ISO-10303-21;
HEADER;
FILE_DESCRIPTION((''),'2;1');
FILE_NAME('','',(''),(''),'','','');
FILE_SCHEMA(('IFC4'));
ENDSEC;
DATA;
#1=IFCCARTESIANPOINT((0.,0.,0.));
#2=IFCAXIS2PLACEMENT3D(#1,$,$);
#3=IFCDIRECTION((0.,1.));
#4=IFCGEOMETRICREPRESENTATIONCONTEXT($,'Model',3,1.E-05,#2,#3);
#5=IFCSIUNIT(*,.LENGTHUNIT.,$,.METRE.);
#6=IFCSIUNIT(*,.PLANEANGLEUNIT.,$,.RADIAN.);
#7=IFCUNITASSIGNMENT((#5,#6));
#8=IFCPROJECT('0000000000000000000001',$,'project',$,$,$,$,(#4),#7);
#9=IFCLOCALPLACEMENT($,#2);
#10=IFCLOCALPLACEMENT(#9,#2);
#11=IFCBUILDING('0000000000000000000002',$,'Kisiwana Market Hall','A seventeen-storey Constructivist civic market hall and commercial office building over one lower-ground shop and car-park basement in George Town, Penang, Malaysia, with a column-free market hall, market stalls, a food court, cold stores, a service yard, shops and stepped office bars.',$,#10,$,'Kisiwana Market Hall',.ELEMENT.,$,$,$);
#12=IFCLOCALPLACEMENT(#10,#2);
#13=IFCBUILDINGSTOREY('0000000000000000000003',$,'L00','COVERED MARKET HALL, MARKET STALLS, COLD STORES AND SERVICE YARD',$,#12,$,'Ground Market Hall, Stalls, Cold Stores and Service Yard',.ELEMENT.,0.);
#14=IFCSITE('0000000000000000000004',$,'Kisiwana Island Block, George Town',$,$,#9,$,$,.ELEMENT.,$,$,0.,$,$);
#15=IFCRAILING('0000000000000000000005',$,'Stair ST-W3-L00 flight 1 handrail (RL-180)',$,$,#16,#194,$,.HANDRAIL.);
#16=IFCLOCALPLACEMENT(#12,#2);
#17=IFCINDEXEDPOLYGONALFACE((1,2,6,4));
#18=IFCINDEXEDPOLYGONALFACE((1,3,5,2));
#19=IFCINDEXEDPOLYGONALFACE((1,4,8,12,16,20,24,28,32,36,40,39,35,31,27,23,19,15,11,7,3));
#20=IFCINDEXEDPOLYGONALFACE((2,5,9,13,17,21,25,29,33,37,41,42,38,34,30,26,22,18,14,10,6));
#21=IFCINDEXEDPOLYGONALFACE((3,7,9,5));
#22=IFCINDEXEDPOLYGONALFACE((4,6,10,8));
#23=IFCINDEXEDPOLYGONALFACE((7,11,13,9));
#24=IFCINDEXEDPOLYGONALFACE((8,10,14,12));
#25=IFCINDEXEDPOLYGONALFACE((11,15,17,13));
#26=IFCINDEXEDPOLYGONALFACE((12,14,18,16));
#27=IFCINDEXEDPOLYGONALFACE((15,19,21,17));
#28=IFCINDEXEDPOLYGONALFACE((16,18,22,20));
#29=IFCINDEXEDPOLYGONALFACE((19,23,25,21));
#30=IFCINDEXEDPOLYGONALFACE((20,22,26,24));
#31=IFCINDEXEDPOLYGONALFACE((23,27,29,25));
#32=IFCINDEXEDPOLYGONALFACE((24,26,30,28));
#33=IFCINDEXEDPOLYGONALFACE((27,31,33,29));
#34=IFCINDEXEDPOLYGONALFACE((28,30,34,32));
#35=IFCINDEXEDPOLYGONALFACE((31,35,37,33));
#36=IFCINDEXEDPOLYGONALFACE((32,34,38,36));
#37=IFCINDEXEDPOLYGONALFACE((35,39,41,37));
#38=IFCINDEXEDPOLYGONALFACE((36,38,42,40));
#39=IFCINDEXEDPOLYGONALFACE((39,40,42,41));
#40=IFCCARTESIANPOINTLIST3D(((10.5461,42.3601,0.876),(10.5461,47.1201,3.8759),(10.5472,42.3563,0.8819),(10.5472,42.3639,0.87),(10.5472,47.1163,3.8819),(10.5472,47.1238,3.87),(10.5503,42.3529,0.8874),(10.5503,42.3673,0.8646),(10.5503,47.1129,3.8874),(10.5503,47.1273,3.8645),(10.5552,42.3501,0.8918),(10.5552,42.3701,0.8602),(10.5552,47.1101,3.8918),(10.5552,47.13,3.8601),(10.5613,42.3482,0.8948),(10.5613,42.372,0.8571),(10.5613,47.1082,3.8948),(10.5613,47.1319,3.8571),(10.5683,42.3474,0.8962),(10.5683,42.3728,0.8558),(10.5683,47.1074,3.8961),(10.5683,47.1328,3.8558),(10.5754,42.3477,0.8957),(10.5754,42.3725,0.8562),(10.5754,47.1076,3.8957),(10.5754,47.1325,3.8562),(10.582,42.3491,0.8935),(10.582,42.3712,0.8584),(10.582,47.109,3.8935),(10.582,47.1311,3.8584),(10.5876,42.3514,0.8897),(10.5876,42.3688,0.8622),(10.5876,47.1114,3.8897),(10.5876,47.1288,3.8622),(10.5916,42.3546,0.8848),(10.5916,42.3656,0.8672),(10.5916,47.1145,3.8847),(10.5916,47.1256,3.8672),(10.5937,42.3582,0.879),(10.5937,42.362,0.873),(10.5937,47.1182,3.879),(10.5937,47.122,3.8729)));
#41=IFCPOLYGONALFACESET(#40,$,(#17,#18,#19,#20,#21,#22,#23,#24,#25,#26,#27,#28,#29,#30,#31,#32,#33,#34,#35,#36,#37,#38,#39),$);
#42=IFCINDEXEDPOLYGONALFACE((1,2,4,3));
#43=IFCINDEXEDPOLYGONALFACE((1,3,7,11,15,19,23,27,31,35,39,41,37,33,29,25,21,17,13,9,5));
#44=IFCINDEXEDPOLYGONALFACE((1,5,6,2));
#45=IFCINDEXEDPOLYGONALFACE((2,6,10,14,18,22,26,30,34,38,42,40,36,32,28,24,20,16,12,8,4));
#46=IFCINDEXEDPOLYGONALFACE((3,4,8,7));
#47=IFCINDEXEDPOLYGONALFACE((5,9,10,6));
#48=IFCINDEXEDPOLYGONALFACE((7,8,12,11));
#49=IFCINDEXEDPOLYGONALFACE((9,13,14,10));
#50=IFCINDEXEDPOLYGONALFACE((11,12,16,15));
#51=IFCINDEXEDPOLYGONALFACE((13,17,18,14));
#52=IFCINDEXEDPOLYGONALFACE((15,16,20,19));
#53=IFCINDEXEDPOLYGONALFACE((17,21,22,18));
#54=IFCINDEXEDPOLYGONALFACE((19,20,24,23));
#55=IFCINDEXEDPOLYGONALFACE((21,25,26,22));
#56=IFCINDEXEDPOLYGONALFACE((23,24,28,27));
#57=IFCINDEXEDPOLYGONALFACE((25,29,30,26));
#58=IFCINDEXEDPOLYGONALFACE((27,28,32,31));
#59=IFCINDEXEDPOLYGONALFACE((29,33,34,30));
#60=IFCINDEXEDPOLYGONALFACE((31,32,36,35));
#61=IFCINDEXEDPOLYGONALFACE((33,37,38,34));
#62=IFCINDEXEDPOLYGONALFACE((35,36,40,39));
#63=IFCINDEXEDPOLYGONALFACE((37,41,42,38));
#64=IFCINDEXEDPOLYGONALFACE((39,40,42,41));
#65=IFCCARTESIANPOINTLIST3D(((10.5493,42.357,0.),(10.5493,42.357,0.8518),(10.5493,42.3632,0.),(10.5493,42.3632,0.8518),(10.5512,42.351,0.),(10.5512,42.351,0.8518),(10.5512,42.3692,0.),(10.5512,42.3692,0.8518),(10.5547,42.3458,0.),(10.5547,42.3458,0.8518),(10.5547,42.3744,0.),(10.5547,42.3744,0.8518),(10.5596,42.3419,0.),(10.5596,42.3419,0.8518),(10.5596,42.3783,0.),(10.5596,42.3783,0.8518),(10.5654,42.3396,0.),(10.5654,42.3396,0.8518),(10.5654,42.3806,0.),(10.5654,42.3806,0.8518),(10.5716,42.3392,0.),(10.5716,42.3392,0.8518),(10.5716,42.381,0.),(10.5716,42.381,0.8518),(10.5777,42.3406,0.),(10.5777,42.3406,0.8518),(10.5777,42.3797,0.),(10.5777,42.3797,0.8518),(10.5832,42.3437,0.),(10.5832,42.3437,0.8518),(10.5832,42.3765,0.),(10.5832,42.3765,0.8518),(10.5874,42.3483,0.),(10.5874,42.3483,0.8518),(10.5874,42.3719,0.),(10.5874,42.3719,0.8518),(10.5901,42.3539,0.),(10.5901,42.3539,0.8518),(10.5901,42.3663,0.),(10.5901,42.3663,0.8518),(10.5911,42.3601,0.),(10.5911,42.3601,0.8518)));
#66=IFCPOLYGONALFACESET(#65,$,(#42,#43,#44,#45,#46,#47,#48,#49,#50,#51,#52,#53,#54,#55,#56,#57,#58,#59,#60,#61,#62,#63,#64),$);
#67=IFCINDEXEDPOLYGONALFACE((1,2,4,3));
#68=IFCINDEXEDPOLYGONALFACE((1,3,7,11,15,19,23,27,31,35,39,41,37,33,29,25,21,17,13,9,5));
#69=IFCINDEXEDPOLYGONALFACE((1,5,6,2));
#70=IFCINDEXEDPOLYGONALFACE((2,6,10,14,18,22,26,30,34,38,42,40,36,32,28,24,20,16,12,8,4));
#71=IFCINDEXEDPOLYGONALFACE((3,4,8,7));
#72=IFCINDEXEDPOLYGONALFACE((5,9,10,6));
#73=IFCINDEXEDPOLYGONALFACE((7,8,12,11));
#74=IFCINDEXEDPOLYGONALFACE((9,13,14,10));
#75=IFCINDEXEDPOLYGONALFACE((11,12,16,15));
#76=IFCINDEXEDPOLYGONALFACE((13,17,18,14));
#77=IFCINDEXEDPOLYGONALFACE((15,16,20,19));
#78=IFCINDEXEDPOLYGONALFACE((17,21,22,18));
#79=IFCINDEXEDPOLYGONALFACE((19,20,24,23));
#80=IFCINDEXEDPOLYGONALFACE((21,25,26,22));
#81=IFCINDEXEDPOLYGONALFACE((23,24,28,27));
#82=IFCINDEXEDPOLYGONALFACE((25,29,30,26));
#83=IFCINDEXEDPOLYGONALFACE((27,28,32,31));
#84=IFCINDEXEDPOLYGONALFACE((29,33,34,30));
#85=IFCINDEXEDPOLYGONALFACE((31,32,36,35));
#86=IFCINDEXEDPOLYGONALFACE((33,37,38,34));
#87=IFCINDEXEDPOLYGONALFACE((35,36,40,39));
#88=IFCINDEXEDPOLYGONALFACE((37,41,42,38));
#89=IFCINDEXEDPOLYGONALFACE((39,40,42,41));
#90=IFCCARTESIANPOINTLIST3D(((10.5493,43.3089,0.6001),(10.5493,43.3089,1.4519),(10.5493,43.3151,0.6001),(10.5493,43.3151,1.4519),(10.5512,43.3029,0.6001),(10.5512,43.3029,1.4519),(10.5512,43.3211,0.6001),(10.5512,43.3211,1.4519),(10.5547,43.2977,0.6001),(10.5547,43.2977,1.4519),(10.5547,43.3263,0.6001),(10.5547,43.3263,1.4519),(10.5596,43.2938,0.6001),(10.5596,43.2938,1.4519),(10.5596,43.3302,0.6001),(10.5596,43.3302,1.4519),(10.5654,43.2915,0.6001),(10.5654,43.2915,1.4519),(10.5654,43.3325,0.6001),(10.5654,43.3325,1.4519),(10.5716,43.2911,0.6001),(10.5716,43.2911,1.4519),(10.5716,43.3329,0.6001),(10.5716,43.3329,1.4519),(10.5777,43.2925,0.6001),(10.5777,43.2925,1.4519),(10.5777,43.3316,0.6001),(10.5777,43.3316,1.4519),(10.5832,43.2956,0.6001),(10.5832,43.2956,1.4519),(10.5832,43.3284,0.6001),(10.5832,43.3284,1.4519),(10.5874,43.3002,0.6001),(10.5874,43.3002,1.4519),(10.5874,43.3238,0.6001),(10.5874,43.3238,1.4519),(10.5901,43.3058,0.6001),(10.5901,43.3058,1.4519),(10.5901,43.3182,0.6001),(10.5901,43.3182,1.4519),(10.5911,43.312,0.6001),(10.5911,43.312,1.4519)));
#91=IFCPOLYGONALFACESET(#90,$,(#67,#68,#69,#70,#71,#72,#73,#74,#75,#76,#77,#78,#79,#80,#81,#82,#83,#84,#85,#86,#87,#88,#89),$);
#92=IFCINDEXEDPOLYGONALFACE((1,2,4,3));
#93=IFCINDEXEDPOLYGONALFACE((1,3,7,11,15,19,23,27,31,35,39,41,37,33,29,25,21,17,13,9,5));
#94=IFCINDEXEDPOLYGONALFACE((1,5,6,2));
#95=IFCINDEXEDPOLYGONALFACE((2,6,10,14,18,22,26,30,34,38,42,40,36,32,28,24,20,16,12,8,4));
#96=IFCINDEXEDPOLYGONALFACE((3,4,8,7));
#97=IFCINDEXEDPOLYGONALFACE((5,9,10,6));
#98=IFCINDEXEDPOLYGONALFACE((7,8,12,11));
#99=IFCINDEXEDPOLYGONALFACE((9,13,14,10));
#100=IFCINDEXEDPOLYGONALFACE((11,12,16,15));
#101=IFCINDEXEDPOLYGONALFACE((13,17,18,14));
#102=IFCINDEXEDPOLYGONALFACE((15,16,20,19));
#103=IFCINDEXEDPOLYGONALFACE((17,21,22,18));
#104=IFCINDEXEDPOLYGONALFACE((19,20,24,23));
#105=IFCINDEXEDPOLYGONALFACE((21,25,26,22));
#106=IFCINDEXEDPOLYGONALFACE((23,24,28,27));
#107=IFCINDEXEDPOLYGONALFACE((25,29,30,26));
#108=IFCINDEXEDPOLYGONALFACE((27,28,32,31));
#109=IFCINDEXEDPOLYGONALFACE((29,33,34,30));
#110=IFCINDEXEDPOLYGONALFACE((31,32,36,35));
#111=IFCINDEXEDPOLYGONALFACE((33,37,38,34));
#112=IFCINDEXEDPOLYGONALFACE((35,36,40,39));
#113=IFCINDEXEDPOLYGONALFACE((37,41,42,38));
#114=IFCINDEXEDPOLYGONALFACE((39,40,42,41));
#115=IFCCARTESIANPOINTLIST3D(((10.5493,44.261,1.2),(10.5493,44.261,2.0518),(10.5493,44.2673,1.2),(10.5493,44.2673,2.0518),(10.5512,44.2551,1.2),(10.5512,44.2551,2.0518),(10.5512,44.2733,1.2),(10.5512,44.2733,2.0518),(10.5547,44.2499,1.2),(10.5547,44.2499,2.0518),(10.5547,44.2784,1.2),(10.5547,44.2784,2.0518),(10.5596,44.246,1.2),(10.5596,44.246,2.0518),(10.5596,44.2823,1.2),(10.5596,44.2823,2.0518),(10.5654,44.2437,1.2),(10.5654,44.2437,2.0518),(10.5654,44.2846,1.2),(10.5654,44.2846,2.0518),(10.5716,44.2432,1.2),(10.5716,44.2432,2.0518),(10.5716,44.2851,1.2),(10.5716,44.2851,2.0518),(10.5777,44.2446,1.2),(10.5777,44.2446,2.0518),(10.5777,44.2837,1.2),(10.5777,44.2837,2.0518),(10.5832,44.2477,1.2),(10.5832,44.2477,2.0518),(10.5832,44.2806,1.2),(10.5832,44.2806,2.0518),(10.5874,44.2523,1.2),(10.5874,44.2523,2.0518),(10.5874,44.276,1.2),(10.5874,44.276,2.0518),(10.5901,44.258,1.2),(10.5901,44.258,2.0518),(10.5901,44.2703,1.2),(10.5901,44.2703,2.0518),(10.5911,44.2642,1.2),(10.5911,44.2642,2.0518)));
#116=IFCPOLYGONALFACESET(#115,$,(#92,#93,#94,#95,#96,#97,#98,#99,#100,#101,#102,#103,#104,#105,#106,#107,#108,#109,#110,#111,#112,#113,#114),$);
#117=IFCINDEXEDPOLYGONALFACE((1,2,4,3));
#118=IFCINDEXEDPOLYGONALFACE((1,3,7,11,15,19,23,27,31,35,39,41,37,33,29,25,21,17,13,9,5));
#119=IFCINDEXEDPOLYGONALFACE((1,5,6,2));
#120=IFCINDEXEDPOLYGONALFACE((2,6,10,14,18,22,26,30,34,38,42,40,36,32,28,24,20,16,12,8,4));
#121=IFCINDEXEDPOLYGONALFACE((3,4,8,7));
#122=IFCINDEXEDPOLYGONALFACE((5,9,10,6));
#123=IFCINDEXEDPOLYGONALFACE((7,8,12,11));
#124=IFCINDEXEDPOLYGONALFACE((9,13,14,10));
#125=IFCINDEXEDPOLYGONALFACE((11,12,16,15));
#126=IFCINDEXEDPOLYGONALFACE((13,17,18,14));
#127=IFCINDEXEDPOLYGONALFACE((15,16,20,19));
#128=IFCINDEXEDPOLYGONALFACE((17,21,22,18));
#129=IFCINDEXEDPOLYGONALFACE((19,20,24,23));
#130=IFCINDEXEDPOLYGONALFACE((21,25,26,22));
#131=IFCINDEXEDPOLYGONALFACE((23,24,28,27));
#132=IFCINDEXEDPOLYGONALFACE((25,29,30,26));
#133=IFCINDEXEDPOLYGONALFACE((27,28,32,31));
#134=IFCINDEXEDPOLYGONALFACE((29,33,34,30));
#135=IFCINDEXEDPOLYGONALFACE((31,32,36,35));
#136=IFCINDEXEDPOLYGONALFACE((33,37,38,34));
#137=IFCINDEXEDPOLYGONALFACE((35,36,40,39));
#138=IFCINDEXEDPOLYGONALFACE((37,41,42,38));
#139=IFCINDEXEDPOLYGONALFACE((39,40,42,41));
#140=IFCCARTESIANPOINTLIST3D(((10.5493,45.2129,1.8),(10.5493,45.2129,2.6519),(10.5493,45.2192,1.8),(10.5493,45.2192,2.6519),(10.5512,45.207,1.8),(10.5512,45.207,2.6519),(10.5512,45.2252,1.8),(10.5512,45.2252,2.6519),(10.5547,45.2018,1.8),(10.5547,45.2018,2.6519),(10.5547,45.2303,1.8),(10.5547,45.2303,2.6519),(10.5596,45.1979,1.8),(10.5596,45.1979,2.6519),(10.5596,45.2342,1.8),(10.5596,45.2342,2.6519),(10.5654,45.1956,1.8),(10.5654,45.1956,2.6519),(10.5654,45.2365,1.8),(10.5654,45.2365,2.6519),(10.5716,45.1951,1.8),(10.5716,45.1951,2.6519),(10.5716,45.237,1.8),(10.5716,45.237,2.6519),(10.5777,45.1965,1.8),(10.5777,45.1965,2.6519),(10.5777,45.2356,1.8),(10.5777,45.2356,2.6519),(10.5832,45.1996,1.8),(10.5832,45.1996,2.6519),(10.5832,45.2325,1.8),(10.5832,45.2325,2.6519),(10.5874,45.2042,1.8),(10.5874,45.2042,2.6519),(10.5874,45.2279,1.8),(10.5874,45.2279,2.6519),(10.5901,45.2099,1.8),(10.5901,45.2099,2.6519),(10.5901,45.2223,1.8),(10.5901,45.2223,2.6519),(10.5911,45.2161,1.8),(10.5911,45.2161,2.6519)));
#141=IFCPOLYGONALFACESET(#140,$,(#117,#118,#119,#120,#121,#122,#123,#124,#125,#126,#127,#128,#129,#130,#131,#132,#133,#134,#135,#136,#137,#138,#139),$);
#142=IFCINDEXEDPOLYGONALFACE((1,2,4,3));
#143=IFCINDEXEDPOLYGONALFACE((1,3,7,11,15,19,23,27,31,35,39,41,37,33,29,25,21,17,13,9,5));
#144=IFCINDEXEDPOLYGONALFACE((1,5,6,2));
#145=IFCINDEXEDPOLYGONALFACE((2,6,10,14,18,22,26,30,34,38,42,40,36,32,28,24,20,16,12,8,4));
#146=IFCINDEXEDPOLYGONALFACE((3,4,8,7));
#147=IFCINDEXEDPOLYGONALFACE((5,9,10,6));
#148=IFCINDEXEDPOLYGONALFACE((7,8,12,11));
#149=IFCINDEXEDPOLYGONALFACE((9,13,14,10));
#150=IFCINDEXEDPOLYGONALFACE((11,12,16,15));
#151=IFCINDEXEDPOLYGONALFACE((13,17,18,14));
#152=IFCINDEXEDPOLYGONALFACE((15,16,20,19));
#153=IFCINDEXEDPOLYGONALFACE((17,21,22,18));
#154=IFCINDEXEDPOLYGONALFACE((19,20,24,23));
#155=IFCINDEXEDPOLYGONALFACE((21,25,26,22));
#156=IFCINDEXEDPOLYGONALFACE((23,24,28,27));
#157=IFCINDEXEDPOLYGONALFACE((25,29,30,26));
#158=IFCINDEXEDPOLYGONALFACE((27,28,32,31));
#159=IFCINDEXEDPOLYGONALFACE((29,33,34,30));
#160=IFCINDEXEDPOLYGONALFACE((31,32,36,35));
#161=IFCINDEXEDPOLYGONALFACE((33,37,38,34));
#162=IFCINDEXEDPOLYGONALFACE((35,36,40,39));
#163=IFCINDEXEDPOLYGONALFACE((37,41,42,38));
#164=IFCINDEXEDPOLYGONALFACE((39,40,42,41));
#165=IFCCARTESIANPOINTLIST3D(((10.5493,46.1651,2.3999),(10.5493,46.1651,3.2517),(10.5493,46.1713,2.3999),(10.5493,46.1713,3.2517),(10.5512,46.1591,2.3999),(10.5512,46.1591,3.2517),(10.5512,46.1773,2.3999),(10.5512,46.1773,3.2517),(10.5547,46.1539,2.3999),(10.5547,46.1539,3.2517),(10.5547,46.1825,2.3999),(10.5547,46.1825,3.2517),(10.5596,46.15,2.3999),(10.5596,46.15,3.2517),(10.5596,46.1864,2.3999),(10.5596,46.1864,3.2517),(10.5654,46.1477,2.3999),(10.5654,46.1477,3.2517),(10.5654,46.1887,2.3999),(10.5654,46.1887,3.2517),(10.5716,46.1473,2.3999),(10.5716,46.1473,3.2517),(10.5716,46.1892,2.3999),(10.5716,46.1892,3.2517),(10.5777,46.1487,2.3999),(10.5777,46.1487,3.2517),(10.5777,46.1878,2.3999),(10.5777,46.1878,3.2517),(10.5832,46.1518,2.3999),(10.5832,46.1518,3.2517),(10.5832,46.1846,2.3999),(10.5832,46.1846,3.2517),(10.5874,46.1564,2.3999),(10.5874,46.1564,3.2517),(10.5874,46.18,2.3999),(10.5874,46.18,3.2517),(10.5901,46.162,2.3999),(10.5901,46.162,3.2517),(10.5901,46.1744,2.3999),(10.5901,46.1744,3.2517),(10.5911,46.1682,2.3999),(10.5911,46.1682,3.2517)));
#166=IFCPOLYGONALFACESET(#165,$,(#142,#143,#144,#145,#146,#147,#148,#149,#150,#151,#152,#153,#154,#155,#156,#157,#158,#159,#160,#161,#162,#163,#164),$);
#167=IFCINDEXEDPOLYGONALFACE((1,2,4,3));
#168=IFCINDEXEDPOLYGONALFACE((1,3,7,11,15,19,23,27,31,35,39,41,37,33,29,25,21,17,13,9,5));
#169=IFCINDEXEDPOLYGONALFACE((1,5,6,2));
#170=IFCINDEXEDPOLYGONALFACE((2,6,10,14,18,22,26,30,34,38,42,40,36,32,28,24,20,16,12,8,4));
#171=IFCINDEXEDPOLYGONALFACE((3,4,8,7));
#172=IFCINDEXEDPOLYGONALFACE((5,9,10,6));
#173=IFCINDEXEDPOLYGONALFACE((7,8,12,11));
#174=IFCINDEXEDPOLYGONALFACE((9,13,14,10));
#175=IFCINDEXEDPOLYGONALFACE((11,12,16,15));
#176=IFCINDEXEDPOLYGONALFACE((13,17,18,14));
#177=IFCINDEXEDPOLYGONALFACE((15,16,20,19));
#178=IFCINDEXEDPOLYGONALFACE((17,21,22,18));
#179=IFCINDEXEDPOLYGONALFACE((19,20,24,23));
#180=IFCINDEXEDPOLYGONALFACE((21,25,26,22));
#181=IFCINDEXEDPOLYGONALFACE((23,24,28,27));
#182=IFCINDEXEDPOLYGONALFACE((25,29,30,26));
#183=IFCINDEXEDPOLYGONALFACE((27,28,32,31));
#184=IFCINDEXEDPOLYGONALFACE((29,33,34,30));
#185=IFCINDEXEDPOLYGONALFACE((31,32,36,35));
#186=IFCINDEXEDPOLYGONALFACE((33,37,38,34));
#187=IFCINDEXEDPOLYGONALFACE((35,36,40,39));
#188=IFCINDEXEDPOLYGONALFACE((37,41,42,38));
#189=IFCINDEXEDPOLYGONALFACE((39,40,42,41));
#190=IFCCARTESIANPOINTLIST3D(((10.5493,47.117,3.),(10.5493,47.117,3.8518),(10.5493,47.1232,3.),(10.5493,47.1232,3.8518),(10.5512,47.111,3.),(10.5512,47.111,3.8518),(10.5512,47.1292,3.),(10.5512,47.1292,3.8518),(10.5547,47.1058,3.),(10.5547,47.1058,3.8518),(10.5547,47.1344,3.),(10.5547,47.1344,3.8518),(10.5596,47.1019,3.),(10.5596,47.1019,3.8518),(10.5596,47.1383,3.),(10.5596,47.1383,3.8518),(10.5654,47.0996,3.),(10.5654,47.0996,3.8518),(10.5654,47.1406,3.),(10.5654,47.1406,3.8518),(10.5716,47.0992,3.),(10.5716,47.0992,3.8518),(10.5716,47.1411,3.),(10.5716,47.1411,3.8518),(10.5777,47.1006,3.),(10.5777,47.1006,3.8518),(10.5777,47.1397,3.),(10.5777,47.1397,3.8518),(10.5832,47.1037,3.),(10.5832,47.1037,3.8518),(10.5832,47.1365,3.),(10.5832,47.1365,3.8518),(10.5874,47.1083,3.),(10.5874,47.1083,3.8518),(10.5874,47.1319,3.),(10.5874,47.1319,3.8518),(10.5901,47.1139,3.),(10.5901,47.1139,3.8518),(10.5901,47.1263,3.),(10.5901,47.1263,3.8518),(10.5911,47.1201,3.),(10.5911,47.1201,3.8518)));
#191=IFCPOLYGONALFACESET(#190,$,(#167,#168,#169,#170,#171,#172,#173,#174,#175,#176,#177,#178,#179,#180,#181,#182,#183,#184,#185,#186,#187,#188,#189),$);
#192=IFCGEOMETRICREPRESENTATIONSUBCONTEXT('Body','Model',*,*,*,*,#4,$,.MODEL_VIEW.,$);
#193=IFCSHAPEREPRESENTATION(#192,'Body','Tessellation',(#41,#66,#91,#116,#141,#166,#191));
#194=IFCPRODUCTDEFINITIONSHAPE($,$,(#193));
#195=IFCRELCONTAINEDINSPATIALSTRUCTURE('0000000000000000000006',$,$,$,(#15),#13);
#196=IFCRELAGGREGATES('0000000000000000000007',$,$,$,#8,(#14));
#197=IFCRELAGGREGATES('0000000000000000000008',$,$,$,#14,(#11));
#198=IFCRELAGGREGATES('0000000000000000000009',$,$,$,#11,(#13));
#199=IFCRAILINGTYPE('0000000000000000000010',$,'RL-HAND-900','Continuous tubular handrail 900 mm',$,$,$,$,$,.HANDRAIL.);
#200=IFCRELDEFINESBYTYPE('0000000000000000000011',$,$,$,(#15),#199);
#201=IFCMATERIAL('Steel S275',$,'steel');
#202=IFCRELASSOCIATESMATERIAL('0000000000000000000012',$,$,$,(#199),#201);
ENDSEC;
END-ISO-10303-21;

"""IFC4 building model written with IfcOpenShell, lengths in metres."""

from ifc_helpers import new_model, si_unit, direction, frame, origin, origin_2d, place, context, subcontext, project, spatial, circle, extrude, material, type_object, element, save


model = new_model("IFC4")

# Units and contexts
model_context = context("Model", 3, precision=1e-05, world=origin(), true_north=direction((0.0, 1.0)))
body_context = subcontext(model_context, "Body", "Model", "MODEL_VIEW")
ifc_project = project(units=[si_unit("LENGTHUNIT", "METRE"), si_unit("PLANEANGLEUNIT", "RADIAN")], contexts=[model_context])

# Site, building, storey
site_placement = place(None, origin())
site = spatial("IfcSite", under=ifc_project, at=site_placement, Name="Kisiwana Island Block, George Town", CompositionType="ELEMENT", RefElevation=0.0)
building_placement = place(site_placement, origin())
building = spatial("IfcBuilding", under=site, at=building_placement, Name="Kisiwana Market Hall", Description="A seventeen-storey Constructivist civic market hall and commercial office building over one lower-ground shop and car-park basement in George Town, Penang, Malaysia, with a column-free market hall, market stalls, a food court, cold stores, a service yard, shops and stepped office bars.", LongName="Kisiwana Market Hall", CompositionType="ELEMENT")
storey_placement = place(building_placement, origin())
storey = spatial("IfcBuildingStorey", under=building, at=storey_placement, Name="L00", Description="COVERED MARKET HALL, MARKET STALLS, COLD STORES AND SERVICE YARD", LongName="Ground Market Hall, Stalls, Cold Stores and Service Yard", CompositionType="ELEMENT", Elevation=0.0)

# Railing
ifc_material_1 = material(Name="Steel S275", Category="steel")
railing_type_1 = type_object("IfcRailingType", Name="RL-HAND-900", Description="Continuous tubular handrail 900 mm", PredefinedType="HANDRAIL", material=ifc_material_1)
railing_1_placement = place(storey_placement, frame((10.5701, 42.3601, 0.0)))
element("IfcRailing", 1, at=railing_1_placement, inside=storey, type_object=railing_type_1, Name="Stair ST-W3-L00 flight 1 handrail (RL-180)", PredefinedType="HANDRAIL", context=body_context, shape_type="SweptSolid", body=[
    extrude(circle(Radius=0.0239, at=origin_2d()), frame((0.0, 0.0, 0.876), z_axis=(0.0, 0.845996, 0.53319), x_axis=(-1.0, 0.0, 0.0)), (0.0, 0.0, 1.0), 5.6265),
    extrude(circle(Radius=0.021, at=origin_2d()), origin(), (0.0, 0.0, 1.0), 0.8518),
    extrude(circle(Radius=0.021, at=origin_2d()), frame((0.0, 0.9519, 0.6001)), (0.0, 0.0, 1.0), 0.8518),
    extrude(circle(Radius=0.021, at=origin_2d()), frame((0.0, 1.9041, 1.2)), (0.0, 0.0, 1.0), 0.8518),
    extrude(circle(Radius=0.021, at=origin_2d()), frame((0.0, 2.856, 1.8)), (0.0, 0.0, 1.0), 0.8518),
    extrude(circle(Radius=0.021, at=origin_2d()), frame((0.0, 3.8081, 2.3999)), (0.0, 0.0, 1.0), 0.8518),
    extrude(circle(Radius=0.021, at=origin_2d()), frame((0.0, 4.76, 3.0)), (0.0, 0.0, 1.0), 0.8518),
])

save(model, "model.ifc")
